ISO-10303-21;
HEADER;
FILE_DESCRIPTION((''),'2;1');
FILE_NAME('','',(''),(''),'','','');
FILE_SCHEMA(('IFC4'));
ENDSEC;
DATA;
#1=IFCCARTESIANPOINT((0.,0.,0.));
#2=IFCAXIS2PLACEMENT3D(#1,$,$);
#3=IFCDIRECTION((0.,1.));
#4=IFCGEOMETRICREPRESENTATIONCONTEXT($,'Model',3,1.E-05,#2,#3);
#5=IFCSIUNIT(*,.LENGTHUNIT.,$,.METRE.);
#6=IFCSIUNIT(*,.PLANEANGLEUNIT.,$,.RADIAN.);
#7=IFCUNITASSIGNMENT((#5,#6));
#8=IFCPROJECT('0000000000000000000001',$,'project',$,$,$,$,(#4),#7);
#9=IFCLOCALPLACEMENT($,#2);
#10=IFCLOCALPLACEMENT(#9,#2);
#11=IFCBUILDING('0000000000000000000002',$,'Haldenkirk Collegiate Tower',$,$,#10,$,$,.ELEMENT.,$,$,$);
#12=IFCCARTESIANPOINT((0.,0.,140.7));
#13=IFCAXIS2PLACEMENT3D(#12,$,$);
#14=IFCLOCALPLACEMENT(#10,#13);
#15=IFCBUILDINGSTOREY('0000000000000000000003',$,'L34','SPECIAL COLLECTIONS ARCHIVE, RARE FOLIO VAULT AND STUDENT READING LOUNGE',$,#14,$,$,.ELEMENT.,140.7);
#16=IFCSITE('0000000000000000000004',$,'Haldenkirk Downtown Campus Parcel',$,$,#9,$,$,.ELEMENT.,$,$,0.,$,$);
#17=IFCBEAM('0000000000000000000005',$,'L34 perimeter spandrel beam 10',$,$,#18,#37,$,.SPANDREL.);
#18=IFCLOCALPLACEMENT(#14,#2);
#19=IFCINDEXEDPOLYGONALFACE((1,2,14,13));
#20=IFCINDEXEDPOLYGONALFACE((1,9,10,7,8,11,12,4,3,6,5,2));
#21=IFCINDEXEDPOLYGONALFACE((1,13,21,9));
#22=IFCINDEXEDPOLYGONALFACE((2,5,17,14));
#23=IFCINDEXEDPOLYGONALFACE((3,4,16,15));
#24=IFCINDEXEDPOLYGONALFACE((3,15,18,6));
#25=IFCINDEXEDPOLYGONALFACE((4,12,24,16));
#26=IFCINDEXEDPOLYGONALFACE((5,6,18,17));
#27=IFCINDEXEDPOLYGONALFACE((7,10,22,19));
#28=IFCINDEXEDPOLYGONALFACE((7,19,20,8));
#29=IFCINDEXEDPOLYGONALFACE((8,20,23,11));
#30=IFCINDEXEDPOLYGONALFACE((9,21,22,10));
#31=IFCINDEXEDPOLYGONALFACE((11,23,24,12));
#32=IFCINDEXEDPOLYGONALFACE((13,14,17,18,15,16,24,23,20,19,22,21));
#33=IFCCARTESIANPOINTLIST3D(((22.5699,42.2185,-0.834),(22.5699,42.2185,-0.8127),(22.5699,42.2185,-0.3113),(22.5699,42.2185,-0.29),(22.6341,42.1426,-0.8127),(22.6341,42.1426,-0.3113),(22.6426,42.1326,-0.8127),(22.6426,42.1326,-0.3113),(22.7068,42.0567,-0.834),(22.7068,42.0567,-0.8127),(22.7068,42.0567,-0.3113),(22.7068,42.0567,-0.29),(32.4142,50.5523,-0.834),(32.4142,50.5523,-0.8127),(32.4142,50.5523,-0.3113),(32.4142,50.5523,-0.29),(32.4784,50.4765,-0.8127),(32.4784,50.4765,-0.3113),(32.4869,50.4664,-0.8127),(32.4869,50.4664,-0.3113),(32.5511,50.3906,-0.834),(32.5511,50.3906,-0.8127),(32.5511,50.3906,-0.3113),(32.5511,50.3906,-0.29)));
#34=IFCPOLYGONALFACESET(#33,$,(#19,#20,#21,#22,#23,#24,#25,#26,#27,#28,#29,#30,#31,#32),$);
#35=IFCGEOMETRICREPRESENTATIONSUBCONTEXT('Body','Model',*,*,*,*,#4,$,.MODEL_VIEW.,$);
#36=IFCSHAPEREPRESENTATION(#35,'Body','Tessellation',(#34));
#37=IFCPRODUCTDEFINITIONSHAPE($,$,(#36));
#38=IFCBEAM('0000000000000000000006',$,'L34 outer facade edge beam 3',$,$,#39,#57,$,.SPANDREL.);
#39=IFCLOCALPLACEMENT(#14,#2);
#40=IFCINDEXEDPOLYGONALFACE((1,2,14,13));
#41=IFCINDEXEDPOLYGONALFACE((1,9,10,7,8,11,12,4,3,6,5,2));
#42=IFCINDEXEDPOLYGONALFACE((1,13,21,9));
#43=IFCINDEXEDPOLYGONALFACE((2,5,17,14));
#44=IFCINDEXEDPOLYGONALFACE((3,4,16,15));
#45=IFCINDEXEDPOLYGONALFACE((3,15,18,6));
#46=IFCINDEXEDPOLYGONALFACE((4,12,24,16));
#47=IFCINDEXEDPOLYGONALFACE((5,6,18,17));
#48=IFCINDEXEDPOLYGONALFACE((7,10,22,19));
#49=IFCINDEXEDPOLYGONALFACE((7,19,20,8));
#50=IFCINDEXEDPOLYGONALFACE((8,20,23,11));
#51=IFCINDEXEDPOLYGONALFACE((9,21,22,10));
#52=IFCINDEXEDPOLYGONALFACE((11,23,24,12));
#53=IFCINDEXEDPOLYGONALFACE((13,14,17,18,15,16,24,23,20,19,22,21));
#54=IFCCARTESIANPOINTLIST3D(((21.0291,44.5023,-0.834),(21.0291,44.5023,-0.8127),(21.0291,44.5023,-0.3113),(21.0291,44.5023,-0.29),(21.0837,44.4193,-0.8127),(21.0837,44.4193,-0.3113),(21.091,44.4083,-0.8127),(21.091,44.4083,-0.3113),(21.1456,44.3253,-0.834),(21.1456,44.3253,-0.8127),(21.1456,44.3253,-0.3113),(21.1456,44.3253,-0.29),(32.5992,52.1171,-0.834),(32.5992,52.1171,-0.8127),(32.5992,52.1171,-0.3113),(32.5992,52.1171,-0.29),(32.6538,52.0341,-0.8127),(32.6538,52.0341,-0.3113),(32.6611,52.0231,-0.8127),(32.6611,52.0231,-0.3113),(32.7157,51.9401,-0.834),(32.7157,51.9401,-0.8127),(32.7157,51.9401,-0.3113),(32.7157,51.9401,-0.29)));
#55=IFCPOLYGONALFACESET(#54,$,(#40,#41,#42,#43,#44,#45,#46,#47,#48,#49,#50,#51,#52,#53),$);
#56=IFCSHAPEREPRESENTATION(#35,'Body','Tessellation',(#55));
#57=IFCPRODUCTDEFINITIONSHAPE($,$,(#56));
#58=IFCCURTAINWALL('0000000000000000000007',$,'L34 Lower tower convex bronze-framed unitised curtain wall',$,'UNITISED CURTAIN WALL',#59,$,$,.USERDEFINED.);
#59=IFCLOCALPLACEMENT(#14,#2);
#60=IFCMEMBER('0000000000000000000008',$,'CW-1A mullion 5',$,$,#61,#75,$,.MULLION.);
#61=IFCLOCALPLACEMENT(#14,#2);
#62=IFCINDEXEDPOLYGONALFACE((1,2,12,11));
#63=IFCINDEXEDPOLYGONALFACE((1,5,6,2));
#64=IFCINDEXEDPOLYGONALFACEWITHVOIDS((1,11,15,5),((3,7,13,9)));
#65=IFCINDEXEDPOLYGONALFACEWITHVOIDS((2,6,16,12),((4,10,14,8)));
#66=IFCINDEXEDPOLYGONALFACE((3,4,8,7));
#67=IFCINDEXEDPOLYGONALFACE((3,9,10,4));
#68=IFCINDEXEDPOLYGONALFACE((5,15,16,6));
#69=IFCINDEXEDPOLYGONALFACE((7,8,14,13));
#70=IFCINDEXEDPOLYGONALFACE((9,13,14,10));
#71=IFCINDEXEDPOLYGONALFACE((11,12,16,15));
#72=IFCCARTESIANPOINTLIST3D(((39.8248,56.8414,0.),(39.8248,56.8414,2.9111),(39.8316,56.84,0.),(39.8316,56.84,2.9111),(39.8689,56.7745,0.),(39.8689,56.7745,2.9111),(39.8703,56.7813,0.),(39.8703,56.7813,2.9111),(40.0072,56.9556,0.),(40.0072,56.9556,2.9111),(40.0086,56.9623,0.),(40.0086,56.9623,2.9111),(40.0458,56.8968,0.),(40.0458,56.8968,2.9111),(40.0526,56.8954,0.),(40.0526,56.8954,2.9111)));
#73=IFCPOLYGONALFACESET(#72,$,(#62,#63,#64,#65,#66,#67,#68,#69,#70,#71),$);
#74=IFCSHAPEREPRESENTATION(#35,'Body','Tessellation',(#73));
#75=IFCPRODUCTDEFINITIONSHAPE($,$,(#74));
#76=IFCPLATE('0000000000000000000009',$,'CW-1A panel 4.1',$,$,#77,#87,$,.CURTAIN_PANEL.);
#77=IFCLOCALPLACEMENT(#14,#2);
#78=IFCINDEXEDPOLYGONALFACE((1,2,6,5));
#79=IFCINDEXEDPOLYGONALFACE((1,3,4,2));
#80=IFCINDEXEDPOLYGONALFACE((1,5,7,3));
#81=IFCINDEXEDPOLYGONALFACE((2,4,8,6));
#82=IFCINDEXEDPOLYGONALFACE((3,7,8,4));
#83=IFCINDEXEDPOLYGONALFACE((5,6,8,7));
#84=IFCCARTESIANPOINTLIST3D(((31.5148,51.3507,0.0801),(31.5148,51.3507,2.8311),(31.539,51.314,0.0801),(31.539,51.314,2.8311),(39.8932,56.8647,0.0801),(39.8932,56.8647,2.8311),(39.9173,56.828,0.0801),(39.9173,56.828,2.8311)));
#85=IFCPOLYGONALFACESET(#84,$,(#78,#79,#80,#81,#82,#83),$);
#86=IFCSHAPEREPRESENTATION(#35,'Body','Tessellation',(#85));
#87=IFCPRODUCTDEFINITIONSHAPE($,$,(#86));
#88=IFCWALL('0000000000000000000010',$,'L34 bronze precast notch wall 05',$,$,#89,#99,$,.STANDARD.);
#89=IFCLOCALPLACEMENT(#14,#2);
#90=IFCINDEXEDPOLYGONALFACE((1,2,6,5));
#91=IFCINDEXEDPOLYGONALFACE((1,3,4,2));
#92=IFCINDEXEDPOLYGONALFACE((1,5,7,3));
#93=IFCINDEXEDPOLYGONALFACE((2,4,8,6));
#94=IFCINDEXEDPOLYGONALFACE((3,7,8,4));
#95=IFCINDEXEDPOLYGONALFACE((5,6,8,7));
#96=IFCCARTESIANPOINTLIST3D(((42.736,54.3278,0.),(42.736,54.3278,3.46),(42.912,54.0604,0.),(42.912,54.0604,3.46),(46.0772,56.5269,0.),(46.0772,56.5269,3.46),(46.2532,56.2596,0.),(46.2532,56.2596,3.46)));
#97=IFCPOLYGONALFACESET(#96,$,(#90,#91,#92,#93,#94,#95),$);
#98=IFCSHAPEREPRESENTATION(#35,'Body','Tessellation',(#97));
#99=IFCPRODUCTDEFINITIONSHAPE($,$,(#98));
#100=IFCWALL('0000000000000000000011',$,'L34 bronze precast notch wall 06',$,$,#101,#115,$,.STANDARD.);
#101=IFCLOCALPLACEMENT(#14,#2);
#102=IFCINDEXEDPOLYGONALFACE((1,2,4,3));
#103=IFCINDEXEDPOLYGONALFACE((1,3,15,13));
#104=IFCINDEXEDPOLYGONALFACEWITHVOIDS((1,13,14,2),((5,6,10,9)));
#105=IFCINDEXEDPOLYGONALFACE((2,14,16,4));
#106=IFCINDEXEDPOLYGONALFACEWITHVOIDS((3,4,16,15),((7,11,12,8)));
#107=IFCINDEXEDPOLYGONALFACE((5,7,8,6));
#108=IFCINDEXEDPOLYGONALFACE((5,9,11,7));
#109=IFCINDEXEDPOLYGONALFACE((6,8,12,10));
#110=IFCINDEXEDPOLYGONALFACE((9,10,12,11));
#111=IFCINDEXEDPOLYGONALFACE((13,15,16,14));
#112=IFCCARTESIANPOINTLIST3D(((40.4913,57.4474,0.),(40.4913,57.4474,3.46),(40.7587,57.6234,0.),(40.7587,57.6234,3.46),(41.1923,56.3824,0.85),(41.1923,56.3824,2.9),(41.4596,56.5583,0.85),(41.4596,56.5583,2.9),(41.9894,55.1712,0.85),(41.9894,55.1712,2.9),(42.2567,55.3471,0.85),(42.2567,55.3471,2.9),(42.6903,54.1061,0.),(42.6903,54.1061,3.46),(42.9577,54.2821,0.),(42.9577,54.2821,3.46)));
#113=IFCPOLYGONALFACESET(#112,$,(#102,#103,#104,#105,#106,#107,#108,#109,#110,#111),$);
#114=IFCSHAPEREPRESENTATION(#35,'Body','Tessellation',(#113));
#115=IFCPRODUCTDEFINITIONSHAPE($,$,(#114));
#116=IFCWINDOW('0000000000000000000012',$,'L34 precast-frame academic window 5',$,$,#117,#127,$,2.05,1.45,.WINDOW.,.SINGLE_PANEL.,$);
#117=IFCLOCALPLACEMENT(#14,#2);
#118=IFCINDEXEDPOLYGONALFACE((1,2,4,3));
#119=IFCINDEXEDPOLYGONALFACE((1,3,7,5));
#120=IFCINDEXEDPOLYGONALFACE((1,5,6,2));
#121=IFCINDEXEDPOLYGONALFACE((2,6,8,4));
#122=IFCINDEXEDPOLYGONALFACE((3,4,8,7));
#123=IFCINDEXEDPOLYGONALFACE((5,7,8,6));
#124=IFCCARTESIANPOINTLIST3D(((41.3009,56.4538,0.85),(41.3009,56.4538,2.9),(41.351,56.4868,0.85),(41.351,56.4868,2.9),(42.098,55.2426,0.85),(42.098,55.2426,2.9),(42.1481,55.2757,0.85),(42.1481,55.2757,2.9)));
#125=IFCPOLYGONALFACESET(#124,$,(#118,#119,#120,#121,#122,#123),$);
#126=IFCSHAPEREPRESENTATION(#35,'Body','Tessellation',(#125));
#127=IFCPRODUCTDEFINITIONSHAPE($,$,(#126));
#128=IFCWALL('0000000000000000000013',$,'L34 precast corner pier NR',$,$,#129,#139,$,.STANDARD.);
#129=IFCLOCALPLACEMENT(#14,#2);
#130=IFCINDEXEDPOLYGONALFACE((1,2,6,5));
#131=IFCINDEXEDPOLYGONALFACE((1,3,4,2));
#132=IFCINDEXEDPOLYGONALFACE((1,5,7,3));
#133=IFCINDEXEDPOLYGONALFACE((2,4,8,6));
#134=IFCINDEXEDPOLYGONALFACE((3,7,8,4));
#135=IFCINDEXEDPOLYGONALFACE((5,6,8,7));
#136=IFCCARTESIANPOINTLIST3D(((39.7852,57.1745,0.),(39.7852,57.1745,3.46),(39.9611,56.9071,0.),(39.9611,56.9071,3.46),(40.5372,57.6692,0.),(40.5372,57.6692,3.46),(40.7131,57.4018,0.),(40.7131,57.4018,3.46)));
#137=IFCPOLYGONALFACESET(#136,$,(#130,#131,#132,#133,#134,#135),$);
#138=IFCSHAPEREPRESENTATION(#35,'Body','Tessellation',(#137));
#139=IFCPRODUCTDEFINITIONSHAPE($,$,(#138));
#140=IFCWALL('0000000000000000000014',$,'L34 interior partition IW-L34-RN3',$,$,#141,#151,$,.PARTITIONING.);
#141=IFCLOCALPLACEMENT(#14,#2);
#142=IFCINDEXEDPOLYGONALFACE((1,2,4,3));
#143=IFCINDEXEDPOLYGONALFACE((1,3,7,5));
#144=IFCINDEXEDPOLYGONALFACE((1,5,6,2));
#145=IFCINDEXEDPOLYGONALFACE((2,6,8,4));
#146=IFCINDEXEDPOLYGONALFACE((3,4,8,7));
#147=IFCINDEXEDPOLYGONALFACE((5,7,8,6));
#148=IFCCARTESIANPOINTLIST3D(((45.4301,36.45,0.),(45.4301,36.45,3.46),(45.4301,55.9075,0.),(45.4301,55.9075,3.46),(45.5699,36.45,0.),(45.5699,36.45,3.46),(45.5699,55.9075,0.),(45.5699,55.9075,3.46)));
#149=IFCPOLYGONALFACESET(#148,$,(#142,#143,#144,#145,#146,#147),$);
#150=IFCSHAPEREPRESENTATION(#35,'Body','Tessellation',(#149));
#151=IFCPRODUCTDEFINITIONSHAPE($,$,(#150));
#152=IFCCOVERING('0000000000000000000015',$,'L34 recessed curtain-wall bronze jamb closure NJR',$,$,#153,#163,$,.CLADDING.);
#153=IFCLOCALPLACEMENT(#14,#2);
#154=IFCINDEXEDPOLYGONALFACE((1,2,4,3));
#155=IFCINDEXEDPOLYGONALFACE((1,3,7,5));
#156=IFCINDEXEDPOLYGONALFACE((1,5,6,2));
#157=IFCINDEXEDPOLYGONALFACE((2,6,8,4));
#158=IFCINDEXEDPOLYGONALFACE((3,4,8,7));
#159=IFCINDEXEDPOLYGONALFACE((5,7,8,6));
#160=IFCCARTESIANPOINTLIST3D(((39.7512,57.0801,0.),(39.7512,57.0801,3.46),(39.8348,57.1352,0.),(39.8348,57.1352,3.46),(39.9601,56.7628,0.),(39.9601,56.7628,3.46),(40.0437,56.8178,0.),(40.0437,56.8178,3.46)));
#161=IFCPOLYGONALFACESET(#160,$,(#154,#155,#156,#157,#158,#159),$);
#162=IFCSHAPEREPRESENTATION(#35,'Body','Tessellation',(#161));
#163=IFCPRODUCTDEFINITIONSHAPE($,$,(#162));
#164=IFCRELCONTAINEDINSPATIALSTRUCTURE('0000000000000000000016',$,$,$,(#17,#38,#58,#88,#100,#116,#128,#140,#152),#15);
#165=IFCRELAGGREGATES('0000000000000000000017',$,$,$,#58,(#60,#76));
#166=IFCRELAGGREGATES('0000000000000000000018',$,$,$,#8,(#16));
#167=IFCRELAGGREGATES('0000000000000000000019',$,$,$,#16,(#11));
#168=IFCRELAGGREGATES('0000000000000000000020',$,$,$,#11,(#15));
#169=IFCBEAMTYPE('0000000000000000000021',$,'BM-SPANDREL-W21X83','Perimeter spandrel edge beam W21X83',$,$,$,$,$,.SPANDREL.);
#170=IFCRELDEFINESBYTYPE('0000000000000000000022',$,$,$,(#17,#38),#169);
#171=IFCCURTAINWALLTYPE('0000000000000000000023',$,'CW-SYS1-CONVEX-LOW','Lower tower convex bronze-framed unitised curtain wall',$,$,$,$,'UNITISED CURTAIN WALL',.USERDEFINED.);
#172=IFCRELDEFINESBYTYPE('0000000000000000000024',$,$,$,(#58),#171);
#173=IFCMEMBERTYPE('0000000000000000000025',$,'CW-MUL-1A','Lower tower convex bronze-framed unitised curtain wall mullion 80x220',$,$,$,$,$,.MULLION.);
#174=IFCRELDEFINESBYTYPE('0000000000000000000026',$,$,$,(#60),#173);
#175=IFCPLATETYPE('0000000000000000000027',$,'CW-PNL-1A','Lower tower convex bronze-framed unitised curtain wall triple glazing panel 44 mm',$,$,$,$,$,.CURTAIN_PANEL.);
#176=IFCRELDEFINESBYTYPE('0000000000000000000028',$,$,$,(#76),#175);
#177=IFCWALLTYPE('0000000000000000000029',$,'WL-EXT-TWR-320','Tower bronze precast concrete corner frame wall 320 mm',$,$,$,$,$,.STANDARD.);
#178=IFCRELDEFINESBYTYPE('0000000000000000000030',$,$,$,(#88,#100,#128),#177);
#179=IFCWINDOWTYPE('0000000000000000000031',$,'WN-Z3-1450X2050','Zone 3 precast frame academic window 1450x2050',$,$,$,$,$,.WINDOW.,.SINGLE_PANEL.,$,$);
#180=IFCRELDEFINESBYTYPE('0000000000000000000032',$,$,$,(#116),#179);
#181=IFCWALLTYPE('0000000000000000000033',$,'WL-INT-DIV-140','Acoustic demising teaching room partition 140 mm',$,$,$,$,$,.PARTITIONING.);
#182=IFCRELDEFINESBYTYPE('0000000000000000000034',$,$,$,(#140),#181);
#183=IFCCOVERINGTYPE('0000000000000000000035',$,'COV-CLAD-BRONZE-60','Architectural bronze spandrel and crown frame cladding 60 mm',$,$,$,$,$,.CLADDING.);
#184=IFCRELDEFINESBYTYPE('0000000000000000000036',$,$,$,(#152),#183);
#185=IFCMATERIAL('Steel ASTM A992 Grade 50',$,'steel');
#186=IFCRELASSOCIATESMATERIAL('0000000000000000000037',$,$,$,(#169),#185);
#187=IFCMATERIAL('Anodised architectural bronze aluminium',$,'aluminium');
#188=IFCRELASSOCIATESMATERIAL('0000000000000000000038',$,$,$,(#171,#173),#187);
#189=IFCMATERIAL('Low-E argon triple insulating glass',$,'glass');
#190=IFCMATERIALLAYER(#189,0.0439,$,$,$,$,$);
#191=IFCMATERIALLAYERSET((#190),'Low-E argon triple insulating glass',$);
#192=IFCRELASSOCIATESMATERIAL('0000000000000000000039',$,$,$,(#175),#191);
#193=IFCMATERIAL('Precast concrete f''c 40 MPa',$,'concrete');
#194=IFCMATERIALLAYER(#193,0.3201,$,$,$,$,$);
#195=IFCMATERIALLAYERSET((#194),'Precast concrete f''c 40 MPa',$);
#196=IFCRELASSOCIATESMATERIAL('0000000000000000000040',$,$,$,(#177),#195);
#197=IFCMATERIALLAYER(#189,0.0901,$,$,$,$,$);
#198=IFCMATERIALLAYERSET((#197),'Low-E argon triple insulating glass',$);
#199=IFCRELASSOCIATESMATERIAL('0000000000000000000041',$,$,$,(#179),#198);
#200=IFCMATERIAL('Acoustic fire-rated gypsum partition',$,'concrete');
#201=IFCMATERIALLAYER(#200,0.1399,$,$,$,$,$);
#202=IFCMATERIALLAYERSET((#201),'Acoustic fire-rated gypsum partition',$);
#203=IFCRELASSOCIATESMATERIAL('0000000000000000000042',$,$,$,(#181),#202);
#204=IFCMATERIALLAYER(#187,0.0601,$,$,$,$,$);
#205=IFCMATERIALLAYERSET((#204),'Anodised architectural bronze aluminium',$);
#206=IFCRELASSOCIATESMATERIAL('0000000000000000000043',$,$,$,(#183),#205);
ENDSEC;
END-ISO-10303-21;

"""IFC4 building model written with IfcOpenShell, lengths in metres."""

from ifc_helpers import new_model, si_unit, direction, frame, frame_2d, origin, origin_2d, place, context, subcontext, project, spatial, rectangle, hollow_rectangle, i_section, extrude, source, transform, mapped, material, layer, layer_set, material_profile, profile_set, type_object, element, fill, aggregate, save


model = new_model("IFC4")

# Units and contexts
model_context = context("Model", 3, precision=1e-05, world=origin(), true_north=direction((0.0, 1.0)))
body_context = subcontext(model_context, "Body", "Model", "MODEL_VIEW")
ifc_project = project(units=[si_unit("LENGTHUNIT", "METRE"), si_unit("PLANEANGLEUNIT", "RADIAN")], contexts=[model_context])

# Site, building, storey
site_placement = place(None, origin())
site = spatial("IfcSite", under=ifc_project, at=site_placement, Name="Haldenkirk Downtown Campus Parcel", CompositionType="ELEMENT", RefElevation=0.0)
building_placement = place(site_placement, origin())
building = spatial("IfcBuilding", under=site, at=building_placement, Name="Haldenkirk Collegiate Tower", CompositionType="ELEMENT")
storey_placement = place(building_placement, frame((0.0, 0.0, 140.7)))
storey = spatial("IfcBuildingStorey", under=building, at=storey_placement, Name="L34", Description="SPECIAL COLLECTIONS ARCHIVE, RARE FOLIO VAULT AND STUDENT READING LOUNGE", CompositionType="ELEMENT", Elevation=140.7)

# Beams
ifc_material_1 = material(Name="Steel ASTM A992 Grade 50", Category="steel")
ifc_material_profile_1 = material_profile(ifc_material_1, i_section(OverallWidth=0.2119, OverallDepth=0.5439, WebThickness=0.0132, FlangeThickness=0.0212, at=origin_2d()), Name="W21X83")
ifc_profile_set_1 = profile_set([ifc_material_profile_1], Name="Steel ASTM A992 Grade 50")
beam_type_1 = type_object("IfcBeamType", Name="BM-SPANDREL-W21X83", Description="Perimeter spandrel edge beam W21X83", PredefinedType="SPANDREL", material=ifc_profile_set_1)
beam_1_placement = place(storey_placement, frame((32.4827, 50.4714, -0.562), z_axis=(-0.763233, -0.646123, 0.0), x_axis=(0.646123, -0.763233, 0.0)))
element("IfcBeam", 1, at=beam_1_placement, inside=storey, type_object=beam_type_1, Name="L34 perimeter spandrel beam 10", PredefinedType="SPANDREL", context=body_context, shape_type="SweptSolid", body=[
    extrude(i_section(OverallWidth=0.2119, OverallDepth=0.5439, WebThickness=0.0132, FlangeThickness=0.0212, at=origin_2d()), origin(), (0.0, 0.0, 1.0), 12.8982),
])
beam_2_placement = place(storey_placement, frame((32.6575, 52.0286, -0.562), z_axis=(-0.835322, -0.549761, 0.0), x_axis=(0.549761, -0.835322, 0.0)))
element("IfcBeam", 2, at=beam_2_placement, inside=storey, type_object=beam_type_1, Name="L34 outer facade edge beam 3", PredefinedType="SPANDREL", context=body_context, shape_type="SweptSolid", body=[
    extrude(i_section(OverallWidth=0.2119, OverallDepth=0.5439, WebThickness=0.0132, FlangeThickness=0.0212, at=origin_2d()), origin(), (0.0, 0.0, 1.0), 13.8511),
])

# Curtain wall, member, plate
ifc_material_2 = material(Name="Anodised architectural bronze aluminium", Category="aluminium")
curtain_wall_type = type_object("IfcCurtainWallType", Name="CW-SYS1-CONVEX-LOW", Description="Lower tower convex bronze-framed unitised curtain wall", ElementType="UNITISED CURTAIN WALL", PredefinedType="USERDEFINED", material=ifc_material_2)
curtain_wall_placement = place(storey_placement, origin())
curtain_wall = element("IfcCurtainWall", 3, at=curtain_wall_placement, inside=storey, type_object=curtain_wall_type, Name="L34 Lower tower convex bronze-framed unitised curtain wall", ObjectType="UNITISED CURTAIN WALL", PredefinedType="USERDEFINED")
ifc_material_profile_2 = material_profile(ifc_material_2, hollow_rectangle(XDim=0.0801, YDim=0.22, WallThickness=0.0049, at=origin_2d()), Name="CW-MUL-1A")
ifc_profile_set_2 = profile_set([ifc_material_profile_2], Name="Anodised architectural bronze aluminium")
member_type = type_object("IfcMemberType", Name="CW-MUL-1A", Description="Lower tower convex bronze-framed unitised curtain wall mullion 80x220", PredefinedType="MULLION", material=ifc_profile_set_2)
member_placement = place(storey_placement, frame((39.9387, 56.8684, 0.0), z_axis=(0.0, 0.0, 1.0), x_axis=(-0.54975, 0.835329, 0.0)))
member = element("IfcMember", 4, at=member_placement, type_object=member_type, Name="CW-1A mullion 5", PredefinedType="MULLION", context=body_context, shape_type="SweptSolid", body=[
    extrude(hollow_rectangle(XDim=0.0801, YDim=0.22, WallThickness=0.0049, at=origin_2d()), origin(), (0.0, 0.0, 1.0), 2.9111),
])
ifc_material_3 = material(Name="Low-E argon triple insulating glass", Category="glass")
ifc_layer_1 = layer(ifc_material_3, 0.0439)
ifc_layer_set_1 = layer_set([ifc_layer_1], Name="Low-E argon triple insulating glass")
plate_type = type_object("IfcPlateType", Name="CW-PNL-1A", Description="Lower tower convex bronze-framed unitised curtain wall triple glazing panel 44 mm", PredefinedType="CURTAIN_PANEL", material=ifc_layer_set_1)
shared_shape_1 = source(origin(), body_context, "Body", "SweptSolid", [
    extrude(rectangle(XDim=10.03, YDim=0.0439, at=origin_2d()), origin(), (0.0, 0.0, 1.0), 2.751),
])
plate_placement = place(storey_placement, frame((35.7161, 54.0894, 0.0801), z_axis=(0.0, 0.0, 1.0), x_axis=(0.835329, 0.54975, 0.0)))
plate = element("IfcPlate", 5, at=plate_placement, type_object=plate_type, Name="CW-1A panel 4.1", PredefinedType="CURTAIN_PANEL", context=body_context, shape_type="MappedRepresentation", body=[
    mapped(shared_shape_1, transform((0.0, 0.0, 0.0), x_axis=(1.0, 0.0, 0.0), y_axis=(0.0, 1.0, 0.0), z_axis=(0.0, 0.0, 1.0), scale=1.0)),
])
aggregate(curtain_wall, [member, plate])

# Wall
ifc_material_4 = material(Name="Precast concrete f'c 40 MPa", Category="concrete")
ifc_layer_2 = layer(ifc_material_4, 0.3201)
ifc_layer_set_2 = layer_set([ifc_layer_2], Name="Precast concrete f'c 40 MPa")
wall_type_1 = type_object("IfcWallType", Name="WL-EXT-TWR-320", Description="Tower bronze precast concrete corner frame wall 320 mm", PredefinedType="STANDARD", material=ifc_layer_set_2)
wall_1_placement = place(storey_placement, frame((42.824, 54.1941, 0.0), z_axis=(0.0, 0.0, 1.0), x_axis=(0.835303, 0.549789, 0.0)))
element("IfcWall", 6, at=wall_1_placement, inside=storey, type_object=wall_type_1, Name="L34 bronze precast notch wall 05", PredefinedType="STANDARD", context=body_context, shape_type="SweptSolid", body=[
    extrude(rectangle(XDim=4.0, YDim=0.3201, at=frame_2d((2.0, 0.0))), origin(), (0.0, 0.0, 1.0), 3.46),
])

# Wall, opening, window
wall_2_placement = place(storey_placement, frame((40.625, 57.5354, 0.0), z_axis=(0.0, 0.0, 1.0), x_axis=(0.549747, -0.835332, 0.0)))
wall_2 = element("IfcWall", 7, at=wall_2_placement, inside=storey, type_object=wall_type_1, Name="L34 bronze precast notch wall 06", PredefinedType="STANDARD", context=body_context, shape_type="SweptSolid", body=[
    extrude(rectangle(XDim=4.0, YDim=0.3201, at=frame_2d((2.0, 0.0))), origin(), (0.0, 0.0, 1.0), 3.46),
])
opening_placement = place(wall_2_placement, frame((1.2749, 0.0, 0.8501)))
opening = element("IfcOpeningElement", 8, at=opening_placement, cuts=wall_2, PredefinedType="OPENING", context=body_context, shape_type="SweptSolid", body=[
    extrude(rectangle(XDim=1.45, YDim=2.05, at=frame_2d((0.7251, 1.0249))), frame((0.0, 0.1699, 0.0), z_axis=(0.0, -1.0, 0.0), x_axis=(1.0, 0.0, 0.0)), (0.0, 0.0, 1.0), 0.3401),
])
ifc_layer_3 = layer(ifc_material_3, 0.0901)
ifc_layer_set_3 = layer_set([ifc_layer_3], Name="Low-E argon triple insulating glass")
window_type = type_object("IfcWindowType", Name="WN-Z3-1450X2050", Description="Zone 3 precast frame academic window 1450x2050", PartitioningType="SINGLE_PANEL", PredefinedType="WINDOW", material=ifc_layer_set_3)
window_placement = place(opening_placement, origin())
window = element("IfcWindow", 9, at=window_placement, inside=storey, type_object=window_type, Name="L34 precast-frame academic window 5", OverallHeight=2.05, OverallWidth=1.45, PartitioningType="SINGLE_PANEL", PredefinedType="WINDOW", context=body_context, shape_type="SweptSolid", body=[
    extrude(rectangle(XDim=1.45, YDim=2.05, at=frame_2d((0.7251, 1.0249))), frame((0.0, 0.03, 0.0), z_axis=(0.0, -1.0, 0.0), x_axis=(1.0, 0.0, 0.0)), (0.0, 0.0, 1.0), 0.0601),
])
fill(opening, window)

# Walls
wall_3_placement = place(storey_placement, frame((39.873, 57.0408, 0.0), z_axis=(0.0, 0.0, 1.0), x_axis=(0.835456, 0.549557, 0.0)))
element("IfcWall", 10, at=wall_3_placement, inside=storey, type_object=wall_type_1, Name="L34 precast corner pier NR", PredefinedType="STANDARD", context=body_context, shape_type="SweptSolid", body=[
    extrude(rectangle(XDim=0.9001, YDim=0.3201, at=frame_2d((0.4502, 0.0))), origin(), (0.0, 0.0, 1.0), 3.46),
])
ifc_material_5 = material(Name="Acoustic fire-rated gypsum partition", Category="concrete")
ifc_layer_4 = layer(ifc_material_5, 0.1399)
ifc_layer_set_4 = layer_set([ifc_layer_4], Name="Acoustic fire-rated gypsum partition")
wall_type_2 = type_object("IfcWallType", Name="WL-INT-DIV-140", Description="Acoustic demising teaching room partition 140 mm", PredefinedType="PARTITIONING", material=ifc_layer_set_4)
wall_4_placement = place(storey_placement, frame((45.5, 36.45, 0.0), z_axis=(0.0, 0.0, 1.0), x_axis=(0.0, 1.0, 0.0)))
element("IfcWall", 11, at=wall_4_placement, inside=storey, type_object=wall_type_2, Name="L34 interior partition IW-L34-RN3", PredefinedType="PARTITIONING", context=body_context, shape_type="SweptSolid", body=[
    extrude(rectangle(XDim=19.4575, YDim=0.1399, at=frame_2d((9.7288, 0.0))), origin(), (0.0, 0.0, 1.0), 3.46),
])

# Covering
ifc_layer_5 = layer(ifc_material_2, 0.0601)
ifc_layer_set_5 = layer_set([ifc_layer_5], Name="Anodised architectural bronze aluminium")
covering_type = type_object("IfcCoveringType", Name="COV-CLAD-BRONZE-60", Description="Architectural bronze spandrel and crown frame cladding 60 mm", PredefinedType="CLADDING", material=ifc_layer_set_5)
shared_shape_2 = source(origin(), body_context, "Body", "SweptSolid", [
    extrude(rectangle(XDim=0.1001, YDim=0.3799, at=origin_2d()), origin(), (0.0, 0.0, 1.0), 3.46),
])
covering_placement = place(storey_placement, frame((39.8975, 56.949, 0.0), z_axis=(0.0, 0.0, 1.0), x_axis=(0.835328, 0.549752, 0.0)))
element("IfcCovering", 12, at=covering_placement, inside=storey, type_object=covering_type, Name="L34 recessed curtain-wall bronze jamb closure NJR", PredefinedType="CLADDING", context=body_context, shape_type="MappedRepresentation", body=[
    mapped(shared_shape_2, transform((0.0, 0.0, 0.0), x_axis=(1.0, 0.0, 0.0), y_axis=(0.0, 1.0, 0.0), z_axis=(0.0, 0.0, 1.0), scale=1.0)),
])

save(model, "model.ifc")
